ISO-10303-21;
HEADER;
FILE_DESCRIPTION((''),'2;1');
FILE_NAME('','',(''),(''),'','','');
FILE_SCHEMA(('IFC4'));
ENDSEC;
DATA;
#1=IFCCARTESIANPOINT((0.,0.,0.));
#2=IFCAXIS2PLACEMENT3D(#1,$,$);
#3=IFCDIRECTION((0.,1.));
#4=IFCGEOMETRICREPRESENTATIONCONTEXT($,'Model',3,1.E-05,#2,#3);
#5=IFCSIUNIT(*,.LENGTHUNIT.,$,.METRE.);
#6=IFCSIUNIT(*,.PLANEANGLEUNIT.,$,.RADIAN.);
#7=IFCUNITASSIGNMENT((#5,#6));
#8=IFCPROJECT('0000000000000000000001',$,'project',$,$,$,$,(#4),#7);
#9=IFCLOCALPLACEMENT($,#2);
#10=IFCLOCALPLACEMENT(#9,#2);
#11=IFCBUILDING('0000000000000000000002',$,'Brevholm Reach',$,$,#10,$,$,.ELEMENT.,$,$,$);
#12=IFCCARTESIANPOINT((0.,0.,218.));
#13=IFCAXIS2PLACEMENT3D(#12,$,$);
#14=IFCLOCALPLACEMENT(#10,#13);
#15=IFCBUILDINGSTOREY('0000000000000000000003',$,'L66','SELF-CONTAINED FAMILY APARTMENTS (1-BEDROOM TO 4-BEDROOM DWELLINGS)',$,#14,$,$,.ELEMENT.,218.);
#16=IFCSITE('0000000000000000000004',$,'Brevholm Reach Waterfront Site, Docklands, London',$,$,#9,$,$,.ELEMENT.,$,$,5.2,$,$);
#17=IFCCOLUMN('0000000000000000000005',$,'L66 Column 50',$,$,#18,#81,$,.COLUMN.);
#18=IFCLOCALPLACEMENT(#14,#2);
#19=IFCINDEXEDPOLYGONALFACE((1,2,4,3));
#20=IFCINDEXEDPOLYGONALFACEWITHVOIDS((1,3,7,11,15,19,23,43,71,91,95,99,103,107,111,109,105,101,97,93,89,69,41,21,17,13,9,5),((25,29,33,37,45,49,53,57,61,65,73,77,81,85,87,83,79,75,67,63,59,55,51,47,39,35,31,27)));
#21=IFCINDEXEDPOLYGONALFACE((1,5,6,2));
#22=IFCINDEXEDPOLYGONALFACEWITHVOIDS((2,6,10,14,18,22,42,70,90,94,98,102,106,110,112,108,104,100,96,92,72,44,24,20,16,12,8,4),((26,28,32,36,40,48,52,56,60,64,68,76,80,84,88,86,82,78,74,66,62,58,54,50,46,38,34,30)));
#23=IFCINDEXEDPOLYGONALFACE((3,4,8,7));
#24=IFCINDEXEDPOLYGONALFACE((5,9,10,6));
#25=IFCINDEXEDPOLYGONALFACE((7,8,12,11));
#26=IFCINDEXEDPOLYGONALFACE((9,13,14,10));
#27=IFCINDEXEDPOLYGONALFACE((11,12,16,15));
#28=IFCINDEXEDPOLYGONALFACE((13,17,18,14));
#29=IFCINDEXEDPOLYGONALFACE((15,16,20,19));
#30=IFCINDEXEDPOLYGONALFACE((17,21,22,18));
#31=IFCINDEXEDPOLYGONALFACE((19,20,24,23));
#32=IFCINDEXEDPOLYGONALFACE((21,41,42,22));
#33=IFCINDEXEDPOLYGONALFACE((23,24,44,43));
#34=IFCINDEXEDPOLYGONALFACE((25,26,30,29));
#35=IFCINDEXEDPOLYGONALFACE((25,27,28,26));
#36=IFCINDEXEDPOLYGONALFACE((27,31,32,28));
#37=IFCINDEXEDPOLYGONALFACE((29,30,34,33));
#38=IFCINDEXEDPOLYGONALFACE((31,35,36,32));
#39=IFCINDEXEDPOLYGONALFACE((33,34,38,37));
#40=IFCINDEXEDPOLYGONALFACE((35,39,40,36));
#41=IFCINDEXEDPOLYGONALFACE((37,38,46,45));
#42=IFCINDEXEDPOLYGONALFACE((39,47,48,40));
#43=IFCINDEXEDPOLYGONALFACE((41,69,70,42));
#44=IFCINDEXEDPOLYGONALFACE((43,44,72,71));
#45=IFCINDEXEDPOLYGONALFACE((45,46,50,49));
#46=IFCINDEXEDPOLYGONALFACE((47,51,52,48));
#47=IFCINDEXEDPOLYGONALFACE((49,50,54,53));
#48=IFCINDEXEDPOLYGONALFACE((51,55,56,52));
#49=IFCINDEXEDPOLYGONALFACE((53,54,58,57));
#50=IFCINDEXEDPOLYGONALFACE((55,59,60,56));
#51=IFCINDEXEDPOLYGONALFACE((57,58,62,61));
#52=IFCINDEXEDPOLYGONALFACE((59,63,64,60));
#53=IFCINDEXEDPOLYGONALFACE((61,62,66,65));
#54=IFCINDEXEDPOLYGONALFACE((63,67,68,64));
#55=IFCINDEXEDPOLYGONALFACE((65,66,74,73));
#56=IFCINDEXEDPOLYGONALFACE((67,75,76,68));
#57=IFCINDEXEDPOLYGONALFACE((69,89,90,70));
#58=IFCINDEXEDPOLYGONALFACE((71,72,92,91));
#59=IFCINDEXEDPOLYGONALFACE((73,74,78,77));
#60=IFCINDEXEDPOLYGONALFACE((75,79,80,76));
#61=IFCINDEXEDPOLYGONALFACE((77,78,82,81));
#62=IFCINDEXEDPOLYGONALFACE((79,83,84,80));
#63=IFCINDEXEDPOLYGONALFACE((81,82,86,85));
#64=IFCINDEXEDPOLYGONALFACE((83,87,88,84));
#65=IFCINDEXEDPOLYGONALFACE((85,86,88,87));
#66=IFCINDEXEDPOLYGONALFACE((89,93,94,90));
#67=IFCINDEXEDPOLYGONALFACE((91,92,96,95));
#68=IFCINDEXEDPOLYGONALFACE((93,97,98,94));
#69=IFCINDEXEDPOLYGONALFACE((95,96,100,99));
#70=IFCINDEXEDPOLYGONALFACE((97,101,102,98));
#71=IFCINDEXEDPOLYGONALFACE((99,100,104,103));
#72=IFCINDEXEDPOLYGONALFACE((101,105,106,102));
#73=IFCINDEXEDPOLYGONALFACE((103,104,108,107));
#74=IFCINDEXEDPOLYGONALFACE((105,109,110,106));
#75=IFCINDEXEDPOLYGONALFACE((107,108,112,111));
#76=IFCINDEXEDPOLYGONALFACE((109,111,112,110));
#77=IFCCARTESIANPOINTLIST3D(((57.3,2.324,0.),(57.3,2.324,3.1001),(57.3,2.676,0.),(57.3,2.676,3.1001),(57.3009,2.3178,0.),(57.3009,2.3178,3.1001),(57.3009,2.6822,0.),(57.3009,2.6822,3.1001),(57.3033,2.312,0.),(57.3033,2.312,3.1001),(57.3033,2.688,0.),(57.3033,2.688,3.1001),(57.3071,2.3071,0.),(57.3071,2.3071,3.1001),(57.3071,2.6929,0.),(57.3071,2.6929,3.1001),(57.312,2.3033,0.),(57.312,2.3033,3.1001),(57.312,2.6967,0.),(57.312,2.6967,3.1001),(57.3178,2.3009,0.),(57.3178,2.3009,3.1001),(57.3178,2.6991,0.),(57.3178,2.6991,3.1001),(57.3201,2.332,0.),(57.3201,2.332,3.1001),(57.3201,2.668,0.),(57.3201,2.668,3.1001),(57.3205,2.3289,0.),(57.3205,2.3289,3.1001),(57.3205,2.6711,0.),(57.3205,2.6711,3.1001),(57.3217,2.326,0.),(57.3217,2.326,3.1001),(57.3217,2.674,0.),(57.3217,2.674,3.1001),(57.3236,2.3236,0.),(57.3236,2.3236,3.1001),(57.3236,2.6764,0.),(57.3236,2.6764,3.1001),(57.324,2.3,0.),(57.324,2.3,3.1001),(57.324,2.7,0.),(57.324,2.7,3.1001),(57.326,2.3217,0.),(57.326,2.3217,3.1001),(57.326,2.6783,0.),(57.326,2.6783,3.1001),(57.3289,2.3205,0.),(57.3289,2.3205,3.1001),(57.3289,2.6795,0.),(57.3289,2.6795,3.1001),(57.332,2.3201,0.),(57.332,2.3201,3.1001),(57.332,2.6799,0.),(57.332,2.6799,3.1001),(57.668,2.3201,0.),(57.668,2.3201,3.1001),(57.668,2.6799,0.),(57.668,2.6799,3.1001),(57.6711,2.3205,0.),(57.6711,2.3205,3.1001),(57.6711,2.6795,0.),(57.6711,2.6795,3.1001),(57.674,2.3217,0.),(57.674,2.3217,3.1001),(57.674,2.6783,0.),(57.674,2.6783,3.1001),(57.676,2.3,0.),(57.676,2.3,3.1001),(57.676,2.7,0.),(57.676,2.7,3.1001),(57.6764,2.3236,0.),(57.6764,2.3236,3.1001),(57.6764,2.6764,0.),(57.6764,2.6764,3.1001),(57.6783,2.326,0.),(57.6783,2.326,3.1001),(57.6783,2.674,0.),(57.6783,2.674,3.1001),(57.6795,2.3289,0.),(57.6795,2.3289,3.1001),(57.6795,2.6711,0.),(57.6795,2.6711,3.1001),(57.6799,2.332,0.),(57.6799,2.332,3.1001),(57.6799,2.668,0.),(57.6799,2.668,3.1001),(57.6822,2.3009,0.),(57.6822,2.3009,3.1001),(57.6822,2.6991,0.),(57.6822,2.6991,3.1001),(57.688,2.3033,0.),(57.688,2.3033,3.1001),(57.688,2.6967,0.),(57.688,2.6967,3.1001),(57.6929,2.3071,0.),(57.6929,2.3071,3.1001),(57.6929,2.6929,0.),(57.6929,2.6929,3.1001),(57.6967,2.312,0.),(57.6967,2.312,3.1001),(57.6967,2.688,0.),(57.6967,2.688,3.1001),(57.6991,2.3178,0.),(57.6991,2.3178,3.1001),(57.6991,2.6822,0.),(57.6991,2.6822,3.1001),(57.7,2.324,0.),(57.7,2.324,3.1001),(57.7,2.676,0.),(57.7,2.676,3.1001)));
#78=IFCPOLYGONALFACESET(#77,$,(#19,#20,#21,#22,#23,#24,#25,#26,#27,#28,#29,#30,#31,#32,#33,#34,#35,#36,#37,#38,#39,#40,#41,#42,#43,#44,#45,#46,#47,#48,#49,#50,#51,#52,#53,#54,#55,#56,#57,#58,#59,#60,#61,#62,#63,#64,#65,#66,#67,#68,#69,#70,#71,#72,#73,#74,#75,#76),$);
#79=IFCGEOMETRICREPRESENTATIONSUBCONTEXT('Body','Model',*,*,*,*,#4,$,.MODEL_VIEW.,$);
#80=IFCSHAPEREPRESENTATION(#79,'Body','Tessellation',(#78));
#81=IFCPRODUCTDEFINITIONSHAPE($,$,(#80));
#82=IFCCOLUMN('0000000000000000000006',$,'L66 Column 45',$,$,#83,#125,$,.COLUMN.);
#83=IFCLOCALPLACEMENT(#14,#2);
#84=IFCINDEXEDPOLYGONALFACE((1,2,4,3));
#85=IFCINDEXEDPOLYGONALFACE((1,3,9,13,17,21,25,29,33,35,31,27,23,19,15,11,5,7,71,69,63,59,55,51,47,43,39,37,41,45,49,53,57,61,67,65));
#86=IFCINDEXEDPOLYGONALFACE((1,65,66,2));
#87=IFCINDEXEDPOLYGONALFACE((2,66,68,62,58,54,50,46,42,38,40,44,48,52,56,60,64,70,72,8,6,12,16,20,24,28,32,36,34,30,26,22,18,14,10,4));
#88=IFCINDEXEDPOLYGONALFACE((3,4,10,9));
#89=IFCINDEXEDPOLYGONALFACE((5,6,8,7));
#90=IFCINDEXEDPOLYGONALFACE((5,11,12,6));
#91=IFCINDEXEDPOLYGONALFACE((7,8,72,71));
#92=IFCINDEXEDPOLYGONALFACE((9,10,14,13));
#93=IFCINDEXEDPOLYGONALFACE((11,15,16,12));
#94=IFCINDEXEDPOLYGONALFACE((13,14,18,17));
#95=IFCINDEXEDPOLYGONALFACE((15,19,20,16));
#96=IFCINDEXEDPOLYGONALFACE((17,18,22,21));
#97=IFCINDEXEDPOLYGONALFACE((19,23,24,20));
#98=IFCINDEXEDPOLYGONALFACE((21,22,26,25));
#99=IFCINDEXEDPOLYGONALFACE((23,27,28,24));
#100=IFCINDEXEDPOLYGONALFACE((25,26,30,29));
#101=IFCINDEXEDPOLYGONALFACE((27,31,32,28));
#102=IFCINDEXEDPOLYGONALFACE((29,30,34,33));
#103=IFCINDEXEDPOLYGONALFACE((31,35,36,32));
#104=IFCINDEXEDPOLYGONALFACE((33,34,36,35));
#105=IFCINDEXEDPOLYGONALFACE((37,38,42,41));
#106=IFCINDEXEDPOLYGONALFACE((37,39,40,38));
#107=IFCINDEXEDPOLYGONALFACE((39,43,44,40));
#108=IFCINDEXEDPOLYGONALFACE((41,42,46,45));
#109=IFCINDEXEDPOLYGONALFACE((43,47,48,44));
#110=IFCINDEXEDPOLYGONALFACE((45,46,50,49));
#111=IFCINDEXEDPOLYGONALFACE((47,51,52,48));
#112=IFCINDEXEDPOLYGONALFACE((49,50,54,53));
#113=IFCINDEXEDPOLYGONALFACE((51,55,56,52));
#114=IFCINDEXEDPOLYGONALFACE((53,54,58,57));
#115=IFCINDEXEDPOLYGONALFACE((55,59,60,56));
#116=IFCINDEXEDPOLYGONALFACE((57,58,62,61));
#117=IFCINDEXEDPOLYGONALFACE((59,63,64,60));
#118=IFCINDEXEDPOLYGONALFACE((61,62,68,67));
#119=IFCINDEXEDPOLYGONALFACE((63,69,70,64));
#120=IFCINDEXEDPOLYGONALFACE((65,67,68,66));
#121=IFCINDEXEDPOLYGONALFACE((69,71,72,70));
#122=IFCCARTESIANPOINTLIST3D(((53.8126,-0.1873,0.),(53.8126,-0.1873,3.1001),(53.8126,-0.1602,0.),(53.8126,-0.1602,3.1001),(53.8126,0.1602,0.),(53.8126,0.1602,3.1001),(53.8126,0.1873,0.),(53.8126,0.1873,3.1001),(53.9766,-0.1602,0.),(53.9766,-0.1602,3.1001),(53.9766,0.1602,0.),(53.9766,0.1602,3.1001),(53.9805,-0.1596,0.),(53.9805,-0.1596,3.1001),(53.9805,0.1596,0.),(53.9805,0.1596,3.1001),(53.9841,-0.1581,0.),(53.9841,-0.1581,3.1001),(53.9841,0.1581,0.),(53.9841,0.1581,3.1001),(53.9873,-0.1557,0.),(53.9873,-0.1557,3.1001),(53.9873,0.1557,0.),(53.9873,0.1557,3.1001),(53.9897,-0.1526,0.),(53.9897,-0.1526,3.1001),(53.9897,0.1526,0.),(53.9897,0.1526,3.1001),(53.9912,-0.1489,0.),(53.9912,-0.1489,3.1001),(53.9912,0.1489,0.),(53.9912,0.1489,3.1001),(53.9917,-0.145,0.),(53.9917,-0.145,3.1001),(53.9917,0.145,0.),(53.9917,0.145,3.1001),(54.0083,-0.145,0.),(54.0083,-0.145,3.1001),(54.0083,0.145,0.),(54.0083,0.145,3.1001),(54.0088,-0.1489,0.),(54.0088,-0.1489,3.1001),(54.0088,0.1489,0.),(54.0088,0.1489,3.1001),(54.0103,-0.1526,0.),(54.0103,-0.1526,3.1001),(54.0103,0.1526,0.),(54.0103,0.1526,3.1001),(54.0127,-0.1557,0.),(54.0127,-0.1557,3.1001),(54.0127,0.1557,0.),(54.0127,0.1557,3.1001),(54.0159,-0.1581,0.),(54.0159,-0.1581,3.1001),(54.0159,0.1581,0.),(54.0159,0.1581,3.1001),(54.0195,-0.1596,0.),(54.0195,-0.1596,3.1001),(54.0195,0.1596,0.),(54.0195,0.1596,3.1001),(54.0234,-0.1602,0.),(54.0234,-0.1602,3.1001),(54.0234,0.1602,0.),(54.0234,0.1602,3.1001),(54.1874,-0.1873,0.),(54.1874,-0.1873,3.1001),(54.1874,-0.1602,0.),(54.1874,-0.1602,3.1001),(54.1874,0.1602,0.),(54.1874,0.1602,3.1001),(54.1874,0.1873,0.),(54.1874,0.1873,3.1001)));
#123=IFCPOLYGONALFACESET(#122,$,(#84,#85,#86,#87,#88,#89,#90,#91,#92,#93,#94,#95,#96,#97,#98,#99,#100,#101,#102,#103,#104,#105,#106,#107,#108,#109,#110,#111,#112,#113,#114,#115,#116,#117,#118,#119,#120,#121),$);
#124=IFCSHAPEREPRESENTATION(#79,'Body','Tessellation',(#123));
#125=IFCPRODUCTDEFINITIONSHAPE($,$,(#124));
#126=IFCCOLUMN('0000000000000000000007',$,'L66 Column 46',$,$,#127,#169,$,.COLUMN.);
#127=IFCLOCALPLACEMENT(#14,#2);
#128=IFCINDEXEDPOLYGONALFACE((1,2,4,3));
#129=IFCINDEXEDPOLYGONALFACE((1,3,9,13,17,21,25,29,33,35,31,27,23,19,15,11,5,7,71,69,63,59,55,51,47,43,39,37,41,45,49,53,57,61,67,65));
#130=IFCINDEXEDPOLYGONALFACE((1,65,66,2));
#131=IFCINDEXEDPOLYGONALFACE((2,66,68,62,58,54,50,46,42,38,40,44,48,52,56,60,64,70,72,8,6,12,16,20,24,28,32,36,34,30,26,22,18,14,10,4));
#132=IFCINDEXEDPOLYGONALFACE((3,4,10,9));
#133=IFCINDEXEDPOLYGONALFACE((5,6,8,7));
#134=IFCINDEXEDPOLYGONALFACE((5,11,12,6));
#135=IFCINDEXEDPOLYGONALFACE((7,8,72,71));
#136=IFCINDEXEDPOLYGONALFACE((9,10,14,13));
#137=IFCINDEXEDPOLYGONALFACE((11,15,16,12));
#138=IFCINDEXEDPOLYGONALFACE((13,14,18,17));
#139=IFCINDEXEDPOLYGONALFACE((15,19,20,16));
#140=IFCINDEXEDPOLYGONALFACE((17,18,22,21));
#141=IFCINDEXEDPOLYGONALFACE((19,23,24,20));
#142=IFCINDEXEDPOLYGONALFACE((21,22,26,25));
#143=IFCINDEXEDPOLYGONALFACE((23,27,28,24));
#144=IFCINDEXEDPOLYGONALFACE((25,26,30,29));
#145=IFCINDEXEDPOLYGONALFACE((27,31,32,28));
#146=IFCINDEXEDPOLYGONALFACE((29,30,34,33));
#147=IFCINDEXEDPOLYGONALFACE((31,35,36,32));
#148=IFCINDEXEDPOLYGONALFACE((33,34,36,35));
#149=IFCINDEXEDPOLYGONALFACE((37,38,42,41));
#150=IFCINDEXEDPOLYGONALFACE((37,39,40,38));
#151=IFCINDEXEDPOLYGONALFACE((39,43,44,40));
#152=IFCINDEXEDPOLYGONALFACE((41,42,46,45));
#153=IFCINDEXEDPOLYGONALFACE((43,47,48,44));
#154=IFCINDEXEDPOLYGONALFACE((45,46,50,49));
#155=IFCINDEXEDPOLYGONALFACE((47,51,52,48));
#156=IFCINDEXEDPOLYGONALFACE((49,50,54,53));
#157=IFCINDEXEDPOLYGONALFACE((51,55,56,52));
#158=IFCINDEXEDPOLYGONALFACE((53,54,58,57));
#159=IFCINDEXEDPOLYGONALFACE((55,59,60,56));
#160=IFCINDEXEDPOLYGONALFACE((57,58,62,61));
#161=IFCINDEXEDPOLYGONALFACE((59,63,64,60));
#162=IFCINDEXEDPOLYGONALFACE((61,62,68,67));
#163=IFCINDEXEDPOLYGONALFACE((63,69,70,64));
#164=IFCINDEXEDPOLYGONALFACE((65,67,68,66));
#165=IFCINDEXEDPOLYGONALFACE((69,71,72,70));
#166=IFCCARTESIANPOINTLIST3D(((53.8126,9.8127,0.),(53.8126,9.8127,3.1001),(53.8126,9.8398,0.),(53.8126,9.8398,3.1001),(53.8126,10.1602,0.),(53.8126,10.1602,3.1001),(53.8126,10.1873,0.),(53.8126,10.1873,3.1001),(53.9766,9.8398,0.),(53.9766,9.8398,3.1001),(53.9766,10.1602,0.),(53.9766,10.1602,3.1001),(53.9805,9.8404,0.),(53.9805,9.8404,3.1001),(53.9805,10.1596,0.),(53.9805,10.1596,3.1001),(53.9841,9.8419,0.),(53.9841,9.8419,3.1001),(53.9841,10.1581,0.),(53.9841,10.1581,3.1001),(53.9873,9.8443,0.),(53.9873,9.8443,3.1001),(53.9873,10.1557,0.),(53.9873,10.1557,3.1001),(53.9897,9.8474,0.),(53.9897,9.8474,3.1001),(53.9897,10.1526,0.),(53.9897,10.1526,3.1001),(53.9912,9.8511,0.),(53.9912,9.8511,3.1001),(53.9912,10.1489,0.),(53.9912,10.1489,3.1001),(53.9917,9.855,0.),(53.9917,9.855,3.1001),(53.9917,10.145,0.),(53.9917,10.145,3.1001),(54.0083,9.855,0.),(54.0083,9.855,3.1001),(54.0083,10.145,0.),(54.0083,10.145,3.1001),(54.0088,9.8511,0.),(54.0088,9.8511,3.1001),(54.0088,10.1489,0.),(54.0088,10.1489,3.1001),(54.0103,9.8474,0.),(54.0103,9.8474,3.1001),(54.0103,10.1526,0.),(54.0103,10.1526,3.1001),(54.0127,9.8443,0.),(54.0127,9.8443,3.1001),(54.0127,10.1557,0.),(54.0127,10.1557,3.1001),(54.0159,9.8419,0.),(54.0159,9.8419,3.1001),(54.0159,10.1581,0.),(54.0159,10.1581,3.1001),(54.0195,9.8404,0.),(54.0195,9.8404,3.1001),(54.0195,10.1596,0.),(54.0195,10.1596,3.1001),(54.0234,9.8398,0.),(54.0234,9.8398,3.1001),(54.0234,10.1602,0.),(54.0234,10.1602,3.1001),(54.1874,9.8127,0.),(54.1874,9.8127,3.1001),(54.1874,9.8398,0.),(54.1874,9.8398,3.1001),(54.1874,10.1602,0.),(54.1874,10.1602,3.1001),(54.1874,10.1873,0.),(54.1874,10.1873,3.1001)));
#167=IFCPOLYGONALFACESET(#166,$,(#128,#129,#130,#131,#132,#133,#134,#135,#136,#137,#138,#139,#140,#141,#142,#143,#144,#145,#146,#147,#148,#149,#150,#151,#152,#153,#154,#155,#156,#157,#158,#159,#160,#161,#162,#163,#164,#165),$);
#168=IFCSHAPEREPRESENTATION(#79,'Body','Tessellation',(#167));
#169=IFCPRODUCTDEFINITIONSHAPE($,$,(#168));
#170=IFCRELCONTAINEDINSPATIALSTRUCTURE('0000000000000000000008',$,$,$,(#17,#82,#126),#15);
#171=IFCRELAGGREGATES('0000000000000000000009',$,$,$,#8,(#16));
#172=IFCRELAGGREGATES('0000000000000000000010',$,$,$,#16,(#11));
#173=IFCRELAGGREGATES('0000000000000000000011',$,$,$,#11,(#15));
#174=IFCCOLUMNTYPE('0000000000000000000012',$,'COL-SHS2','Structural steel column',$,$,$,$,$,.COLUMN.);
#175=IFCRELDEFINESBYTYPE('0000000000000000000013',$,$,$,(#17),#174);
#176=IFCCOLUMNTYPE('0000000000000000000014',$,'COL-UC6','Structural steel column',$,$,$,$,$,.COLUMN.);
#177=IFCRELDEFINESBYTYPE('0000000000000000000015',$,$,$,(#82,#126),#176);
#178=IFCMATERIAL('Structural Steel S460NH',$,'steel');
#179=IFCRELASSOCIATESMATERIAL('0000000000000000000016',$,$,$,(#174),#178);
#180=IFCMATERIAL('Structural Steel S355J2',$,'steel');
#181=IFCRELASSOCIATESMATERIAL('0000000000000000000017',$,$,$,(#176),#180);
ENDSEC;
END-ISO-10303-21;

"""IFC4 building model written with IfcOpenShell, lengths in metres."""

from ifc_helpers import new_model, si_unit, direction, frame, origin, origin_2d, place, context, subcontext, project, spatial, hollow_rectangle, i_section, extrude, material, material_profile, profile_set, type_object, element, save


model = new_model("IFC4")

# Units and contexts
model_context = context("Model", 3, precision=1e-05, world=origin(), true_north=direction((0.0, 1.0)))
body_context = subcontext(model_context, "Body", "Model", "MODEL_VIEW")
ifc_project = project(units=[si_unit("LENGTHUNIT", "METRE"), si_unit("PLANEANGLEUNIT", "RADIAN")], contexts=[model_context])

# Site, building, storey
site_placement = place(None, origin())
site = spatial("IfcSite", under=ifc_project, at=site_placement, Name="Brevholm Reach Waterfront Site, Docklands, London", CompositionType="ELEMENT", RefElevation=5.2)
building_placement = place(site_placement, origin())
building = spatial("IfcBuilding", under=site, at=building_placement, Name="Brevholm Reach", CompositionType="ELEMENT")
storey_placement = place(building_placement, frame((0.0, 0.0, 218.0)))
storey = spatial("IfcBuildingStorey", under=building, at=storey_placement, Name="L66", Description="SELF-CONTAINED FAMILY APARTMENTS (1-BEDROOM TO 4-BEDROOM DWELLINGS)", CompositionType="ELEMENT", Elevation=218.0)

# Columns
ifc_material_1 = material(Name="Structural Steel S460NH", Category="steel")
ifc_material_profile_1 = material_profile(ifc_material_1, hollow_rectangle(XDim=0.3999, YDim=0.3999, WallThickness=0.02, InnerFilletRadius=0.012, OuterFilletRadius=0.0239, at=origin_2d()), Name="SHS 400x400x20")
ifc_profile_set_1 = profile_set([ifc_material_profile_1], Name="Structural Steel S460NH")
column_type_1 = type_object("IfcColumnType", Name="COL-SHS2", Description="Structural steel column", PredefinedType="COLUMN", material=ifc_profile_set_1)
column_placement = place(storey_placement, frame((57.5, 2.5, 0.0), z_axis=(0.0, 0.0, 1.0), x_axis=(1.0, 0.0, 0.0)))
element("IfcColumn", 1, at=column_placement, inside=storey, type_object=column_type_1, Name="L66 Column 50", PredefinedType="COLUMN", context=body_context, shape_type="SweptSolid", body=[
    extrude(hollow_rectangle(XDim=0.3999, YDim=0.3999, WallThickness=0.02, InnerFilletRadius=0.012, OuterFilletRadius=0.0239, at=origin_2d()), origin(), (0.0, 0.0, 1.0), 3.1001),
])
ifc_material_2 = material(Name="Structural Steel S355J2", Category="steel")
ifc_material_profile_2 = material_profile(ifc_material_2, i_section(OverallWidth=0.3748, OverallDepth=0.3745, WebThickness=0.0166, FlangeThickness=0.0271, FilletRadius=0.0151, at=origin_2d()), Name="UKC 356x368x202")
ifc_profile_set_2 = profile_set([ifc_material_profile_2], Name="Structural Steel S355J2")
column_type_2 = type_object("IfcColumnType", Name="COL-UC6", Description="Structural steel column", PredefinedType="COLUMN", material=ifc_profile_set_2)
for number, where, z_axis, x_axis, name in (
    (2, (54.0, 0.0, 0.0), (0.0, 0.0, 1.0), (1.0, 0.0, 0.0), "L66 Column 45"),
    (3, (54.0, 10.0, 0.0), (0.0, 0.0, 1.0), (1.0, 0.0, 0.0), "L66 Column 46"),
):
    element("IfcColumn", number, at=place(storey_placement, frame(where, z_axis=z_axis, x_axis=x_axis)), inside=storey, type_object=column_type_2, Name=name, PredefinedType="COLUMN", context=body_context, shape_type="SweptSolid", body=[
        extrude(i_section(OverallWidth=0.3748, OverallDepth=0.3745, WebThickness=0.0166, FlangeThickness=0.0271, FilletRadius=0.0151, at=origin_2d()), origin(), (0.0, 0.0, 1.0), 3.1001),
    ])

save(model, "model.ifc")
